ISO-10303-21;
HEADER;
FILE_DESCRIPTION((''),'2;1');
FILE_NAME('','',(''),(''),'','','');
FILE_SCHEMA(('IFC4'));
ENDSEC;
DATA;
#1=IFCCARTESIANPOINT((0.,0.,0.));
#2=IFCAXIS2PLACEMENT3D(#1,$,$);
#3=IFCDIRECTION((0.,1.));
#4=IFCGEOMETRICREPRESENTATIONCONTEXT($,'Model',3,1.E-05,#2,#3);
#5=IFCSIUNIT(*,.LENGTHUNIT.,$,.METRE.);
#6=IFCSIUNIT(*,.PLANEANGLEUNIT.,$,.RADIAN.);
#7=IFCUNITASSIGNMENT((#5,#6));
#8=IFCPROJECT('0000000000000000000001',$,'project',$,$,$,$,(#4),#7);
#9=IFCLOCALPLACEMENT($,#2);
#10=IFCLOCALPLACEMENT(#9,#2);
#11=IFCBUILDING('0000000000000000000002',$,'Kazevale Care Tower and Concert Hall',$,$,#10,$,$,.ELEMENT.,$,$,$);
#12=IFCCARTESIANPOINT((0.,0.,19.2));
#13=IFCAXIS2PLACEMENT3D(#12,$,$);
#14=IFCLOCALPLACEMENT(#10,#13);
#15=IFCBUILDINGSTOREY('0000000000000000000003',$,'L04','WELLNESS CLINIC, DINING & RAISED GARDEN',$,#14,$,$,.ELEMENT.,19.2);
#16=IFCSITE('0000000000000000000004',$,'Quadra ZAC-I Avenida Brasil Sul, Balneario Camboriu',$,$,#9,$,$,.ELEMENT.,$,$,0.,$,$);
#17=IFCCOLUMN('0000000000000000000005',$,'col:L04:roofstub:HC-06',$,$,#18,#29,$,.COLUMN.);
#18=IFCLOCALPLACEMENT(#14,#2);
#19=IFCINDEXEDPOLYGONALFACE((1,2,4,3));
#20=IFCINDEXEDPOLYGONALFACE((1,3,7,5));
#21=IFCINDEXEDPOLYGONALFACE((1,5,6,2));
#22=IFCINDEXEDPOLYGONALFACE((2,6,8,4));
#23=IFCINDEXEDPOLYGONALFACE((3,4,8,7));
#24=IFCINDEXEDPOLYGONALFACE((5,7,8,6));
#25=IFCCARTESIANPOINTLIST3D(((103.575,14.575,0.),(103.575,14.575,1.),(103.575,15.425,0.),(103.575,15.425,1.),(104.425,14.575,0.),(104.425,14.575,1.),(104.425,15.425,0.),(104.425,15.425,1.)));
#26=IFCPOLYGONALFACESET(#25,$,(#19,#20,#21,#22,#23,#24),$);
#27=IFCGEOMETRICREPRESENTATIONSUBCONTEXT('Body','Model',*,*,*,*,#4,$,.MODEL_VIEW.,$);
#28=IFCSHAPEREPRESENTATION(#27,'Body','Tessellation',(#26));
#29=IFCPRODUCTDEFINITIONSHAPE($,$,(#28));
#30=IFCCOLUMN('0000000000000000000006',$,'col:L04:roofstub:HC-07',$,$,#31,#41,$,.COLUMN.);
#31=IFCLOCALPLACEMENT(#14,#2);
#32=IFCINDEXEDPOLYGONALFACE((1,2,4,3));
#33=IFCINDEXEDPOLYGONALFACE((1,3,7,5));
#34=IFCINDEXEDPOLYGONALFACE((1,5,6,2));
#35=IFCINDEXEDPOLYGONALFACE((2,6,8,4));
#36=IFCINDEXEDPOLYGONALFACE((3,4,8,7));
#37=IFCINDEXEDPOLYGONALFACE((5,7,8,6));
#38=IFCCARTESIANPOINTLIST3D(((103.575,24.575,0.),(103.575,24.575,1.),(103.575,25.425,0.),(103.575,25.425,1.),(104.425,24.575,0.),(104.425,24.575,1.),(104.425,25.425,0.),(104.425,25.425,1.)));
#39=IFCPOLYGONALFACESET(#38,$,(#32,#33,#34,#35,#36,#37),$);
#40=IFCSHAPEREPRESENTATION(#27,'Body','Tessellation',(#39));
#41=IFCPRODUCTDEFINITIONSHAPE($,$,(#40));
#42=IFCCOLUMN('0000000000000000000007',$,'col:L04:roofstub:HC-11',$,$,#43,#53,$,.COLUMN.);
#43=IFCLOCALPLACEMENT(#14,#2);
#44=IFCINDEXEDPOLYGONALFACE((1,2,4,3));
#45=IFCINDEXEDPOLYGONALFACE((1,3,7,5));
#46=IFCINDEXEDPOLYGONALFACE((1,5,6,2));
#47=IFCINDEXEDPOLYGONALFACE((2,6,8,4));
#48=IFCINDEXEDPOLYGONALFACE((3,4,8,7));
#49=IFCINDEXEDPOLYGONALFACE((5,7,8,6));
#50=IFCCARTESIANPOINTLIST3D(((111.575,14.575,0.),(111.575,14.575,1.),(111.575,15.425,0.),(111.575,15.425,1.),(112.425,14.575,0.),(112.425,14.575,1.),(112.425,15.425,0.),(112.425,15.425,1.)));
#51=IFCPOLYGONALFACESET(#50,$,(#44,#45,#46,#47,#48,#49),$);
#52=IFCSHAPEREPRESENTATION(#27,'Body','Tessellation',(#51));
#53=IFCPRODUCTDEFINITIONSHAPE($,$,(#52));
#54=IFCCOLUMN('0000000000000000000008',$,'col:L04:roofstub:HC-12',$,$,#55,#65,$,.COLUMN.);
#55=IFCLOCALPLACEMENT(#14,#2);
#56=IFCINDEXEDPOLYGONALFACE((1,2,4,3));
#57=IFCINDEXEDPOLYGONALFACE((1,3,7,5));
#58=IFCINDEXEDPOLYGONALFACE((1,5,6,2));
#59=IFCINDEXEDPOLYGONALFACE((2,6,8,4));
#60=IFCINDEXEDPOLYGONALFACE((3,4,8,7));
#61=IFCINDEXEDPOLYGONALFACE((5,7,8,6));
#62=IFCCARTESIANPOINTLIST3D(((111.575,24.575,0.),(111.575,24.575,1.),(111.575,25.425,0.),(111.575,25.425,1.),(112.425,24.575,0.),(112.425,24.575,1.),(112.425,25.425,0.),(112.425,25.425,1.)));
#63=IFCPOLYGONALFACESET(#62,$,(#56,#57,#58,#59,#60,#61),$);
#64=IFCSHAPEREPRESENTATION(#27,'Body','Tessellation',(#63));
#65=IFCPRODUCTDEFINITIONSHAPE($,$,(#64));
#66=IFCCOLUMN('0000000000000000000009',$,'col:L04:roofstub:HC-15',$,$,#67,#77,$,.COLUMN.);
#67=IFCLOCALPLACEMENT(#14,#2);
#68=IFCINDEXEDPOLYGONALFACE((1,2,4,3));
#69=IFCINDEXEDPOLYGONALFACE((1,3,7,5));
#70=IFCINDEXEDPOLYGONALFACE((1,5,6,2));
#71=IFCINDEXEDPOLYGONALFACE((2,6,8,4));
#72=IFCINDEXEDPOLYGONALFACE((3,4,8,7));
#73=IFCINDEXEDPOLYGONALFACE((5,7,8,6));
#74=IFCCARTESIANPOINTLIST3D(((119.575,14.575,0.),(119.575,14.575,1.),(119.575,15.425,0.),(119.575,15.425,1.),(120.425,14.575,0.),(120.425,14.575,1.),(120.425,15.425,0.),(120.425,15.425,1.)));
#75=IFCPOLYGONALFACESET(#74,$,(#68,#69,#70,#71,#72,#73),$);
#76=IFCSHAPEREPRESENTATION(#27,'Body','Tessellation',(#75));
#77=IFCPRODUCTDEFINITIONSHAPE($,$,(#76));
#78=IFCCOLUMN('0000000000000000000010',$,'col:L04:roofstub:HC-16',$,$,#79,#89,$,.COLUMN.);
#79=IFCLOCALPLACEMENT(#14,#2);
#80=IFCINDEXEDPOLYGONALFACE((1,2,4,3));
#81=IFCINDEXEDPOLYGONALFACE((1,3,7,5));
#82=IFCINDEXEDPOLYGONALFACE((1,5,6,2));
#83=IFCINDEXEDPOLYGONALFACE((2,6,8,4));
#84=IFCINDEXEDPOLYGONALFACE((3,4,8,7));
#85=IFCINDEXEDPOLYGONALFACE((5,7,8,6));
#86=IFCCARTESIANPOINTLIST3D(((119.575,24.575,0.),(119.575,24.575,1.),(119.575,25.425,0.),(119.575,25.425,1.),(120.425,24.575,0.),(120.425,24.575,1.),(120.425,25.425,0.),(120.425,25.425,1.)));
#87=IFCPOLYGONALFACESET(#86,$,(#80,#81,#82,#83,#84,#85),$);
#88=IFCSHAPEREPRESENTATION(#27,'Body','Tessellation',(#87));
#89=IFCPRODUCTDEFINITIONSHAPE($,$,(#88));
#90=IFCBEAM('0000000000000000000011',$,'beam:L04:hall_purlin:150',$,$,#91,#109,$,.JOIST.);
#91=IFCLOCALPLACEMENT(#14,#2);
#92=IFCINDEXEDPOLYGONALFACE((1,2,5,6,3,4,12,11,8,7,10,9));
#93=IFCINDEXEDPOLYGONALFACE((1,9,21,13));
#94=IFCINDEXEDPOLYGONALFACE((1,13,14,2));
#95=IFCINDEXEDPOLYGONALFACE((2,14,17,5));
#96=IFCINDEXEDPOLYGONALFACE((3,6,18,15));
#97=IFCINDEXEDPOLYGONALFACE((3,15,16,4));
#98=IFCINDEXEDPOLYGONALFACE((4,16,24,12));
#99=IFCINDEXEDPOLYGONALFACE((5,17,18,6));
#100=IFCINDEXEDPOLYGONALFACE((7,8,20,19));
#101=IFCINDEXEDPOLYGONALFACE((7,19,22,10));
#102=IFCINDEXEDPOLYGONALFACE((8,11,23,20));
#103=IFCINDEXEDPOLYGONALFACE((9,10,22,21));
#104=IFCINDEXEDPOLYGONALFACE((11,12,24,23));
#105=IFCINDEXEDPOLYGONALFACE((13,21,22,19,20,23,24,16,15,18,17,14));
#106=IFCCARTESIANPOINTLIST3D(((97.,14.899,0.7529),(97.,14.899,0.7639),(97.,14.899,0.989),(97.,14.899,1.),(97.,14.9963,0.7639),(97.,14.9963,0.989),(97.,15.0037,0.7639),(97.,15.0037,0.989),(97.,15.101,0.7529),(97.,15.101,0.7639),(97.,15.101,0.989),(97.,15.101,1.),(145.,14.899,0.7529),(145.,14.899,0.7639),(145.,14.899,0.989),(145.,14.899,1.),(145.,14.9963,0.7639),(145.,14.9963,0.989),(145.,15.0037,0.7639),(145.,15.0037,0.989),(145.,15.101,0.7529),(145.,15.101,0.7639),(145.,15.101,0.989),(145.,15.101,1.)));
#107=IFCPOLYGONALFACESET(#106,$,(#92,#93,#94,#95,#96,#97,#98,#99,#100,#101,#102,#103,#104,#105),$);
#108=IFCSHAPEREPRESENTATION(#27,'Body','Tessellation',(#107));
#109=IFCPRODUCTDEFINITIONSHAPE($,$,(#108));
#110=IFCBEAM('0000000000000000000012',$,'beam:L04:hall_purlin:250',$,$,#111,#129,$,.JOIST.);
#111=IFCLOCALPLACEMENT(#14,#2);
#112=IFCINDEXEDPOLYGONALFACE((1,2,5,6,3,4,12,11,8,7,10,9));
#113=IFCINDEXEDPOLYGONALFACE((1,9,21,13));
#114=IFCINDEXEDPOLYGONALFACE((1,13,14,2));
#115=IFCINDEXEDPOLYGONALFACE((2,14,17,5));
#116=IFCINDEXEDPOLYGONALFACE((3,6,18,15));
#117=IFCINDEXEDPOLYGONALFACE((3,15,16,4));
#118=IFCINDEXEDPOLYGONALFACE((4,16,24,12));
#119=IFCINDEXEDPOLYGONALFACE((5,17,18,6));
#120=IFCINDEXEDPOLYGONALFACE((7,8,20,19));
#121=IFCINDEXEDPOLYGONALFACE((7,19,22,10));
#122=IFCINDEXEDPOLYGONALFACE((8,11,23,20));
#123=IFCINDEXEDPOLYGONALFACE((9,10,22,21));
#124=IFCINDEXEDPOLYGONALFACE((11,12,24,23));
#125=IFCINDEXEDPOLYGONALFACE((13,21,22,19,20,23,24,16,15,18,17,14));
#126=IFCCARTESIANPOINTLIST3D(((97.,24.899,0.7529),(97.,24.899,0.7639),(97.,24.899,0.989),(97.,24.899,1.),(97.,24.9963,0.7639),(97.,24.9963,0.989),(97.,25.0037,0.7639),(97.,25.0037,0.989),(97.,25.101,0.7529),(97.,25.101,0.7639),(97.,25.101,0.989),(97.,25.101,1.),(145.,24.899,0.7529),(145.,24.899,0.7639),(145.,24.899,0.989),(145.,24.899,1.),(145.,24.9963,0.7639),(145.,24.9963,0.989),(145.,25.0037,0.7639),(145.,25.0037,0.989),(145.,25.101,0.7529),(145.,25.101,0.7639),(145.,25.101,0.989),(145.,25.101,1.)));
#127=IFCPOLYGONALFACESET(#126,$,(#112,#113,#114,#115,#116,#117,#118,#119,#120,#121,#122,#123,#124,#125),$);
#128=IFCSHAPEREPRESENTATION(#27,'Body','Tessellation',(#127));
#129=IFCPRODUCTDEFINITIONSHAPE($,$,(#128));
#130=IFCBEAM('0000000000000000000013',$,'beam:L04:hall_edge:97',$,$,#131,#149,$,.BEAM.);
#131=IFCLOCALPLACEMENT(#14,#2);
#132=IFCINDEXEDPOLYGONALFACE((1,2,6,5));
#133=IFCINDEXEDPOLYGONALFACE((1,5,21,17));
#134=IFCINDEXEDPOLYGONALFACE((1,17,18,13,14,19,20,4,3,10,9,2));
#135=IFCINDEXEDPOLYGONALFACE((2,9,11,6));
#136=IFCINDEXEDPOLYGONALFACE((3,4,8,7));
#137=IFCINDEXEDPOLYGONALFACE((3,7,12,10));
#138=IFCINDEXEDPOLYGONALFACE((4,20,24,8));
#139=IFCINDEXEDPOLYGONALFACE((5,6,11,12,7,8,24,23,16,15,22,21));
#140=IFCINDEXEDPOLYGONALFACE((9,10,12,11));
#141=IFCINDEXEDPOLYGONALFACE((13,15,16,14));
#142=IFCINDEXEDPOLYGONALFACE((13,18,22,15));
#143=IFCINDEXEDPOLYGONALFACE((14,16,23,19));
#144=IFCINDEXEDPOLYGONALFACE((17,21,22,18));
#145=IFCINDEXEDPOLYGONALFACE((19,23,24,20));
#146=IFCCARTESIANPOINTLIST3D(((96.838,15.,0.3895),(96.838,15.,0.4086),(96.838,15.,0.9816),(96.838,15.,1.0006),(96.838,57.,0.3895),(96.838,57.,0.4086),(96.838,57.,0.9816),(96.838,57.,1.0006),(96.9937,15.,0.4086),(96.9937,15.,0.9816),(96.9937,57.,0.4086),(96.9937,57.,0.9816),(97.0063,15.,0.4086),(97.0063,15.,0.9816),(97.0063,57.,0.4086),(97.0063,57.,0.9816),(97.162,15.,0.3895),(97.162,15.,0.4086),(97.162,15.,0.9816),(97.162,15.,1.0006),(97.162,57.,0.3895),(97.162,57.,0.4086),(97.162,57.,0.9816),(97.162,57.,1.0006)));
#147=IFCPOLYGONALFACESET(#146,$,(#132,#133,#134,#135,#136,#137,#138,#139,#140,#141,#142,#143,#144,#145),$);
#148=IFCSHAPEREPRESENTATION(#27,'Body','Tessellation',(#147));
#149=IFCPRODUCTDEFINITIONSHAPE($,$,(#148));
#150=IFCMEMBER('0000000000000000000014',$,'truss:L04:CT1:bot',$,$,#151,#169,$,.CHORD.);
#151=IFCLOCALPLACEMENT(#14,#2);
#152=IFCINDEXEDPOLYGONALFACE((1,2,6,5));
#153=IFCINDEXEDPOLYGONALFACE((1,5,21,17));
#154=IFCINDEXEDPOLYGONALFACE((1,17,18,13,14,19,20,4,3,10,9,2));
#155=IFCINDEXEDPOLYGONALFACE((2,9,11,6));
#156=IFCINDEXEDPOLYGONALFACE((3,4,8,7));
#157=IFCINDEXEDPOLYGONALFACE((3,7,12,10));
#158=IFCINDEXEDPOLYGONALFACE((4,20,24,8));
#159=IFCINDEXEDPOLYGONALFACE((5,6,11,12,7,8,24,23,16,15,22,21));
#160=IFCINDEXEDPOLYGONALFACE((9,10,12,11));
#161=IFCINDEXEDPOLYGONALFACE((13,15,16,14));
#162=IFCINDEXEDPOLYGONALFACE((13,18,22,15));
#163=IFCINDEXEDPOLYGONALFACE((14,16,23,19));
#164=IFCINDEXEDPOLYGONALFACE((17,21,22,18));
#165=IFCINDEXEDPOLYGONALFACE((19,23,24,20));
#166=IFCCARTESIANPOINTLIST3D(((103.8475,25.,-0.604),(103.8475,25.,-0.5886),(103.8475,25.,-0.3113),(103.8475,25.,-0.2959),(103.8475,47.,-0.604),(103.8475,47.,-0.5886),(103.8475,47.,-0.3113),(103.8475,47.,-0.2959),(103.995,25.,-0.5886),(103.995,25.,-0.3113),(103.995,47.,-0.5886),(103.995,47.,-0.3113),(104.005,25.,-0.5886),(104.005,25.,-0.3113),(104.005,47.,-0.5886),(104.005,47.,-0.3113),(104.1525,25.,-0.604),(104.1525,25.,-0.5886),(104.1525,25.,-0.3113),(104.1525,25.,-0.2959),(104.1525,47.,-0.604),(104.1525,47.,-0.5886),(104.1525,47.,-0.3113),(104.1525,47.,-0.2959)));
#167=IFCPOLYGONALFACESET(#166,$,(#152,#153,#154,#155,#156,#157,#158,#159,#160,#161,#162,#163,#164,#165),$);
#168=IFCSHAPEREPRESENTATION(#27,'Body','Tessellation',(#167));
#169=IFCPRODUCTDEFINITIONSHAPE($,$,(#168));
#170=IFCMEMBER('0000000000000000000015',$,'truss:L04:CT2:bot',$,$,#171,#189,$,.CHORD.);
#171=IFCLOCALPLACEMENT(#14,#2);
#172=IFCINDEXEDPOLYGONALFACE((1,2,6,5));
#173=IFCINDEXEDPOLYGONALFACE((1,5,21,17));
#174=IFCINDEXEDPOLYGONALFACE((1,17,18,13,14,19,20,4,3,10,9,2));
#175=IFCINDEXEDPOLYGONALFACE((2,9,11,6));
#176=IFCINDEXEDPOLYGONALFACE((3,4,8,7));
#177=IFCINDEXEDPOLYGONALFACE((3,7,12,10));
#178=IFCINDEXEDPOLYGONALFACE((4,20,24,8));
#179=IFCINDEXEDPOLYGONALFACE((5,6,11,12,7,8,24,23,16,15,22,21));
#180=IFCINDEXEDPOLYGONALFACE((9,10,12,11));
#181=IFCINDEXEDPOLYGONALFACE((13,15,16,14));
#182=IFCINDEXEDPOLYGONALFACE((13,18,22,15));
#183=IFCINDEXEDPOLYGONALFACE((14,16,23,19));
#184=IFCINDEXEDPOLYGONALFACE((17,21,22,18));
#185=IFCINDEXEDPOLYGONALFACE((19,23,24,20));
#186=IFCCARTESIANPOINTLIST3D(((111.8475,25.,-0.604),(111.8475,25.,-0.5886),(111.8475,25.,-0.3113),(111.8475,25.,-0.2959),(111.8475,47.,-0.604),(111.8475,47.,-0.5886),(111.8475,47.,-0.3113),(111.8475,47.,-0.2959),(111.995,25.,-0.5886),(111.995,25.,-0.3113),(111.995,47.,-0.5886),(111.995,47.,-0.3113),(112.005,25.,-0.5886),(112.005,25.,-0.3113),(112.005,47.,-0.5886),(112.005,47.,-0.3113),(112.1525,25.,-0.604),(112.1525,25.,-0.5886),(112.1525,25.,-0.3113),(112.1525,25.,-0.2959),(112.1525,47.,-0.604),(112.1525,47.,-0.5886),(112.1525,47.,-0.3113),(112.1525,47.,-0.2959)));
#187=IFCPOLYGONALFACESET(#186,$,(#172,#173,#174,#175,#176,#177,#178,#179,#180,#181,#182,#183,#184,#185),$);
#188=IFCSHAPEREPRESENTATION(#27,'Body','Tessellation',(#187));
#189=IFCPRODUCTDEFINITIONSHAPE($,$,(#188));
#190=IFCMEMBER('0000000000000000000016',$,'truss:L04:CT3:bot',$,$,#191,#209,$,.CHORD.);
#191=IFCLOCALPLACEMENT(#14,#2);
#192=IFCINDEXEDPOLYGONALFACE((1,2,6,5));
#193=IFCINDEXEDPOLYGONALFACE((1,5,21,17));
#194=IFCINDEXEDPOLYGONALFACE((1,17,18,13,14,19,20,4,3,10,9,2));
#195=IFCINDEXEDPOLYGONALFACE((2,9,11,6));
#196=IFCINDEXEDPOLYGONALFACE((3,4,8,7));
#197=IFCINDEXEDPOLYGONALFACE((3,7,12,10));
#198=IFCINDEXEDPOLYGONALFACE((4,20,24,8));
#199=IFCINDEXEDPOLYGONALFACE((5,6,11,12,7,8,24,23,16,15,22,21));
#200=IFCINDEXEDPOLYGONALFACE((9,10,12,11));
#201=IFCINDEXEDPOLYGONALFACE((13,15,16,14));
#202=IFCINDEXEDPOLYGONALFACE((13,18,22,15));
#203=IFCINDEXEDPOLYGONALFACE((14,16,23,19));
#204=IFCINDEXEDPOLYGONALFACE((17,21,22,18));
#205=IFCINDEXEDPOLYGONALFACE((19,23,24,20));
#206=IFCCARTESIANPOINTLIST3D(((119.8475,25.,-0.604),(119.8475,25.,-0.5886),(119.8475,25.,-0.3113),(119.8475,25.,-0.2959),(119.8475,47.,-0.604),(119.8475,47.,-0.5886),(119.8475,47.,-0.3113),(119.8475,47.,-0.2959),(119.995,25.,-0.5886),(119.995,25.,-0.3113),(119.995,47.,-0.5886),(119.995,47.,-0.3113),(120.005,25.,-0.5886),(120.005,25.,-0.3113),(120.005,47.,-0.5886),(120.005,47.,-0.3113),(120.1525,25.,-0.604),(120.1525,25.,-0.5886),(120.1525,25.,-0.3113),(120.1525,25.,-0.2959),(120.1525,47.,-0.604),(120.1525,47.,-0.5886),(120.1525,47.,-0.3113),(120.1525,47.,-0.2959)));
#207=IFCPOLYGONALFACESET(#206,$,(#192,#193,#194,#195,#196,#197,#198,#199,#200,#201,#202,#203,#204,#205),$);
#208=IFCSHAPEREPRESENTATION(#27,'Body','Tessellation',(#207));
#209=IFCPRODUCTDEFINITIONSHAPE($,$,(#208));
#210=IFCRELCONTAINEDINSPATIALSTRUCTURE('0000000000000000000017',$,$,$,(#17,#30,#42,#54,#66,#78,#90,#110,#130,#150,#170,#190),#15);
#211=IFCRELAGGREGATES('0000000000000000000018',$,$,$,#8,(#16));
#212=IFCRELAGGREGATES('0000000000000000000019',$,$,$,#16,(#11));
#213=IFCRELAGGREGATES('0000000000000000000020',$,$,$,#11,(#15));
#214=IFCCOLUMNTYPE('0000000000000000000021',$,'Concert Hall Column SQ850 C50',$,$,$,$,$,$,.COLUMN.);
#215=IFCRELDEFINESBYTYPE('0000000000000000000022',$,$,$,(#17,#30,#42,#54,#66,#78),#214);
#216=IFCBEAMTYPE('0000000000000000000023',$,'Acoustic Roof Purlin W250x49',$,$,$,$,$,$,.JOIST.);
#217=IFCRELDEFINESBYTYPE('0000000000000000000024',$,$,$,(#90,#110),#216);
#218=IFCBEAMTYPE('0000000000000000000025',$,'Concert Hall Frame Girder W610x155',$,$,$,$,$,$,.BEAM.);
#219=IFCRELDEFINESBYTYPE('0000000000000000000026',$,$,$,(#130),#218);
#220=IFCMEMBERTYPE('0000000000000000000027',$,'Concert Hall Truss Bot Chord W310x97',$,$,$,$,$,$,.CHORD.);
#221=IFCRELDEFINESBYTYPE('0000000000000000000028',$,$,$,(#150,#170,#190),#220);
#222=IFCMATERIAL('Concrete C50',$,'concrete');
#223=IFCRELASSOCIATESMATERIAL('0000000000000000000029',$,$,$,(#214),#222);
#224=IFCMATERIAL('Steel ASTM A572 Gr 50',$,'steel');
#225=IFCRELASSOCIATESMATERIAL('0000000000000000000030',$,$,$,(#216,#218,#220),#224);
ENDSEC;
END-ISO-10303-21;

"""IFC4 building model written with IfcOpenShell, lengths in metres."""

from ifc_helpers import new_model, si_unit, direction, frame, origin, origin_2d, place, context, subcontext, project, spatial, rectangle, i_section, extrude, material, material_profile, profile_set, type_object, element, save


model = new_model("IFC4")

# Units and contexts
model_context = context("Model", 3, precision=1e-05, world=origin(), true_north=direction((0.0, 1.0)))
body_context = subcontext(model_context, "Body", "Model", "MODEL_VIEW")
ifc_project = project(units=[si_unit("LENGTHUNIT", "METRE"), si_unit("PLANEANGLEUNIT", "RADIAN")], contexts=[model_context])

# Site, building, storey
site_placement = place(None, origin())
site = spatial("IfcSite", under=ifc_project, at=site_placement, Name="Quadra ZAC-I Avenida Brasil Sul, Balneario Camboriu", CompositionType="ELEMENT", RefElevation=0.0)
building_placement = place(site_placement, origin())
building = spatial("IfcBuilding", under=site, at=building_placement, Name="Kazevale Care Tower and Concert Hall", CompositionType="ELEMENT")
storey_placement = place(building_placement, frame((0.0, 0.0, 19.2)))
storey = spatial("IfcBuildingStorey", under=building, at=storey_placement, Name="L04", Description="WELLNESS CLINIC, DINING & RAISED GARDEN", CompositionType="ELEMENT", Elevation=19.2)

# Columns
ifc_material_1 = material(Name="Concrete C50", Category="concrete")
ifc_material_profile_1 = material_profile(ifc_material_1, rectangle(XDim=0.8501, YDim=0.8501, at=origin_2d()), Name="RC-SQ850")
ifc_profile_set_1 = profile_set([ifc_material_profile_1], Name="Concrete C50")
column_type = type_object("IfcColumnType", Name="Concert Hall Column SQ850 C50", PredefinedType="COLUMN", material=ifc_profile_set_1)
for number, where, z_axis, x_axis, name in (
    (1, (104.0, 15.0, 0.0), (0.0, 0.0, 1.0), (1.0, 0.0, 0.0), "col:L04:roofstub:HC-06"),
    (2, (104.0, 25.0, 0.0), (0.0, 0.0, 1.0), (1.0, 0.0, 0.0), "col:L04:roofstub:HC-07"),
    (3, (112.0, 15.0, 0.0), (0.0, 0.0, 1.0), (1.0, 0.0, 0.0), "col:L04:roofstub:HC-11"),
    (4, (112.0, 25.0, 0.0), (0.0, 0.0, 1.0), (1.0, 0.0, 0.0), "col:L04:roofstub:HC-12"),
    (5, (120.0, 15.0, 0.0), (0.0, 0.0, 1.0), (1.0, 0.0, 0.0), "col:L04:roofstub:HC-15"),
    (6, (120.0, 25.0, 0.0), (0.0, 0.0, 1.0), (1.0, 0.0, 0.0), "col:L04:roofstub:HC-16"),
):
    element("IfcColumn", number, at=place(storey_placement, frame(where, z_axis=z_axis, x_axis=x_axis)), inside=storey, type_object=column_type, Name=name, PredefinedType="COLUMN", context=body_context, shape_type="SweptSolid", body=[
        extrude(rectangle(XDim=0.8501, YDim=0.8501, at=origin_2d()), origin(), (0.0, 0.0, 1.0), 1.0),
    ])

# Beams
ifc_material_2 = material(Name="Steel ASTM A572 Gr 50", Category="steel")
ifc_material_profile_2 = material_profile(ifc_material_2, i_section(OverallWidth=0.2019, OverallDepth=0.2471, WebThickness=0.0073, FlangeThickness=0.011, at=origin_2d()), Name="W250x49")
ifc_profile_set_2 = profile_set([ifc_material_profile_2], Name="Steel ASTM A572 Gr 50")
beam_type_1 = type_object("IfcBeamType", Name="Acoustic Roof Purlin W250x49", PredefinedType="JOIST", material=ifc_profile_set_2)
for number, where, z_axis, x_axis, name in (
    (7, (97.0, 15.0, 0.8765), (1.0, 0.0, 0.0), (0.0, 1.0, 0.0), "beam:L04:hall_purlin:150"),
    (8, (97.0, 25.0, 0.8765), (1.0, 0.0, 0.0), (0.0, 1.0, 0.0), "beam:L04:hall_purlin:250"),
):
    element("IfcBeam", number, at=place(storey_placement, frame(where, z_axis=z_axis, x_axis=x_axis)), inside=storey, type_object=beam_type_1, Name=name, PredefinedType="JOIST", context=body_context, shape_type="SweptSolid", body=[
        extrude(i_section(OverallWidth=0.2019, OverallDepth=0.2471, WebThickness=0.0073, FlangeThickness=0.011, at=origin_2d()), origin(), (0.0, 0.0, 1.0), 48.0),
    ])
ifc_material_profile_3 = material_profile(ifc_material_2, i_section(OverallWidth=0.324, OverallDepth=0.6111, WebThickness=0.0127, FlangeThickness=0.019, at=origin_2d()), Name="W610x155")
ifc_profile_set_3 = profile_set([ifc_material_profile_3], Name="Steel ASTM A572 Gr 50")
beam_type_2 = type_object("IfcBeamType", Name="Concert Hall Frame Girder W610x155", PredefinedType="BEAM", material=ifc_profile_set_3)
beam_placement = place(storey_placement, frame((97.0, 15.0, 0.6951), z_axis=(0.0, 1.0, 0.0), x_axis=(-1.0, 0.0, 0.0)))
element("IfcBeam", 9, at=beam_placement, inside=storey, type_object=beam_type_2, Name="beam:L04:hall_edge:97", PredefinedType="BEAM", context=body_context, shape_type="SweptSolid", body=[
    extrude(i_section(OverallWidth=0.324, OverallDepth=0.6111, WebThickness=0.0127, FlangeThickness=0.019, at=origin_2d()), origin(), (0.0, 0.0, 1.0), 42.0),
])

# Members
ifc_material_profile_4 = material_profile(ifc_material_2, i_section(OverallWidth=0.3049, OverallDepth=0.3081, WebThickness=0.01, FlangeThickness=0.0154, at=origin_2d()), Name="W310x97")
ifc_profile_set_4 = profile_set([ifc_material_profile_4], Name="Steel ASTM A572 Gr 50")
member_type_1 = type_object("IfcMemberType", Name="Concert Hall Truss Bot Chord W310x97", PredefinedType="CHORD", material=ifc_profile_set_4)
for number, where, z_axis, x_axis, name in (
    (10, (104.0, 25.0, -0.45), (0.0, 1.0, 0.0), (-1.0, 0.0, 0.0), "truss:L04:CT1:bot"),
    (11, (112.0, 25.0, -0.45), (0.0, 1.0, 0.0), (-1.0, 0.0, 0.0), "truss:L04:CT2:bot"),
    (12, (120.0, 25.0, -0.45), (0.0, 1.0, 0.0), (-1.0, 0.0, 0.0), "truss:L04:CT3:bot"),
):
    element("IfcMember", number, at=place(storey_placement, frame(where, z_axis=z_axis, x_axis=x_axis)), inside=storey, type_object=member_type_1, Name=name, PredefinedType="CHORD", context=body_context, shape_type="SweptSolid", body=[
        extrude(i_section(OverallWidth=0.3049, OverallDepth=0.3081, WebThickness=0.01, FlangeThickness=0.0154, at=origin_2d()), origin(), (0.0, 0.0, 1.0), 22.0),
    ])

save(model, "model.ifc")
